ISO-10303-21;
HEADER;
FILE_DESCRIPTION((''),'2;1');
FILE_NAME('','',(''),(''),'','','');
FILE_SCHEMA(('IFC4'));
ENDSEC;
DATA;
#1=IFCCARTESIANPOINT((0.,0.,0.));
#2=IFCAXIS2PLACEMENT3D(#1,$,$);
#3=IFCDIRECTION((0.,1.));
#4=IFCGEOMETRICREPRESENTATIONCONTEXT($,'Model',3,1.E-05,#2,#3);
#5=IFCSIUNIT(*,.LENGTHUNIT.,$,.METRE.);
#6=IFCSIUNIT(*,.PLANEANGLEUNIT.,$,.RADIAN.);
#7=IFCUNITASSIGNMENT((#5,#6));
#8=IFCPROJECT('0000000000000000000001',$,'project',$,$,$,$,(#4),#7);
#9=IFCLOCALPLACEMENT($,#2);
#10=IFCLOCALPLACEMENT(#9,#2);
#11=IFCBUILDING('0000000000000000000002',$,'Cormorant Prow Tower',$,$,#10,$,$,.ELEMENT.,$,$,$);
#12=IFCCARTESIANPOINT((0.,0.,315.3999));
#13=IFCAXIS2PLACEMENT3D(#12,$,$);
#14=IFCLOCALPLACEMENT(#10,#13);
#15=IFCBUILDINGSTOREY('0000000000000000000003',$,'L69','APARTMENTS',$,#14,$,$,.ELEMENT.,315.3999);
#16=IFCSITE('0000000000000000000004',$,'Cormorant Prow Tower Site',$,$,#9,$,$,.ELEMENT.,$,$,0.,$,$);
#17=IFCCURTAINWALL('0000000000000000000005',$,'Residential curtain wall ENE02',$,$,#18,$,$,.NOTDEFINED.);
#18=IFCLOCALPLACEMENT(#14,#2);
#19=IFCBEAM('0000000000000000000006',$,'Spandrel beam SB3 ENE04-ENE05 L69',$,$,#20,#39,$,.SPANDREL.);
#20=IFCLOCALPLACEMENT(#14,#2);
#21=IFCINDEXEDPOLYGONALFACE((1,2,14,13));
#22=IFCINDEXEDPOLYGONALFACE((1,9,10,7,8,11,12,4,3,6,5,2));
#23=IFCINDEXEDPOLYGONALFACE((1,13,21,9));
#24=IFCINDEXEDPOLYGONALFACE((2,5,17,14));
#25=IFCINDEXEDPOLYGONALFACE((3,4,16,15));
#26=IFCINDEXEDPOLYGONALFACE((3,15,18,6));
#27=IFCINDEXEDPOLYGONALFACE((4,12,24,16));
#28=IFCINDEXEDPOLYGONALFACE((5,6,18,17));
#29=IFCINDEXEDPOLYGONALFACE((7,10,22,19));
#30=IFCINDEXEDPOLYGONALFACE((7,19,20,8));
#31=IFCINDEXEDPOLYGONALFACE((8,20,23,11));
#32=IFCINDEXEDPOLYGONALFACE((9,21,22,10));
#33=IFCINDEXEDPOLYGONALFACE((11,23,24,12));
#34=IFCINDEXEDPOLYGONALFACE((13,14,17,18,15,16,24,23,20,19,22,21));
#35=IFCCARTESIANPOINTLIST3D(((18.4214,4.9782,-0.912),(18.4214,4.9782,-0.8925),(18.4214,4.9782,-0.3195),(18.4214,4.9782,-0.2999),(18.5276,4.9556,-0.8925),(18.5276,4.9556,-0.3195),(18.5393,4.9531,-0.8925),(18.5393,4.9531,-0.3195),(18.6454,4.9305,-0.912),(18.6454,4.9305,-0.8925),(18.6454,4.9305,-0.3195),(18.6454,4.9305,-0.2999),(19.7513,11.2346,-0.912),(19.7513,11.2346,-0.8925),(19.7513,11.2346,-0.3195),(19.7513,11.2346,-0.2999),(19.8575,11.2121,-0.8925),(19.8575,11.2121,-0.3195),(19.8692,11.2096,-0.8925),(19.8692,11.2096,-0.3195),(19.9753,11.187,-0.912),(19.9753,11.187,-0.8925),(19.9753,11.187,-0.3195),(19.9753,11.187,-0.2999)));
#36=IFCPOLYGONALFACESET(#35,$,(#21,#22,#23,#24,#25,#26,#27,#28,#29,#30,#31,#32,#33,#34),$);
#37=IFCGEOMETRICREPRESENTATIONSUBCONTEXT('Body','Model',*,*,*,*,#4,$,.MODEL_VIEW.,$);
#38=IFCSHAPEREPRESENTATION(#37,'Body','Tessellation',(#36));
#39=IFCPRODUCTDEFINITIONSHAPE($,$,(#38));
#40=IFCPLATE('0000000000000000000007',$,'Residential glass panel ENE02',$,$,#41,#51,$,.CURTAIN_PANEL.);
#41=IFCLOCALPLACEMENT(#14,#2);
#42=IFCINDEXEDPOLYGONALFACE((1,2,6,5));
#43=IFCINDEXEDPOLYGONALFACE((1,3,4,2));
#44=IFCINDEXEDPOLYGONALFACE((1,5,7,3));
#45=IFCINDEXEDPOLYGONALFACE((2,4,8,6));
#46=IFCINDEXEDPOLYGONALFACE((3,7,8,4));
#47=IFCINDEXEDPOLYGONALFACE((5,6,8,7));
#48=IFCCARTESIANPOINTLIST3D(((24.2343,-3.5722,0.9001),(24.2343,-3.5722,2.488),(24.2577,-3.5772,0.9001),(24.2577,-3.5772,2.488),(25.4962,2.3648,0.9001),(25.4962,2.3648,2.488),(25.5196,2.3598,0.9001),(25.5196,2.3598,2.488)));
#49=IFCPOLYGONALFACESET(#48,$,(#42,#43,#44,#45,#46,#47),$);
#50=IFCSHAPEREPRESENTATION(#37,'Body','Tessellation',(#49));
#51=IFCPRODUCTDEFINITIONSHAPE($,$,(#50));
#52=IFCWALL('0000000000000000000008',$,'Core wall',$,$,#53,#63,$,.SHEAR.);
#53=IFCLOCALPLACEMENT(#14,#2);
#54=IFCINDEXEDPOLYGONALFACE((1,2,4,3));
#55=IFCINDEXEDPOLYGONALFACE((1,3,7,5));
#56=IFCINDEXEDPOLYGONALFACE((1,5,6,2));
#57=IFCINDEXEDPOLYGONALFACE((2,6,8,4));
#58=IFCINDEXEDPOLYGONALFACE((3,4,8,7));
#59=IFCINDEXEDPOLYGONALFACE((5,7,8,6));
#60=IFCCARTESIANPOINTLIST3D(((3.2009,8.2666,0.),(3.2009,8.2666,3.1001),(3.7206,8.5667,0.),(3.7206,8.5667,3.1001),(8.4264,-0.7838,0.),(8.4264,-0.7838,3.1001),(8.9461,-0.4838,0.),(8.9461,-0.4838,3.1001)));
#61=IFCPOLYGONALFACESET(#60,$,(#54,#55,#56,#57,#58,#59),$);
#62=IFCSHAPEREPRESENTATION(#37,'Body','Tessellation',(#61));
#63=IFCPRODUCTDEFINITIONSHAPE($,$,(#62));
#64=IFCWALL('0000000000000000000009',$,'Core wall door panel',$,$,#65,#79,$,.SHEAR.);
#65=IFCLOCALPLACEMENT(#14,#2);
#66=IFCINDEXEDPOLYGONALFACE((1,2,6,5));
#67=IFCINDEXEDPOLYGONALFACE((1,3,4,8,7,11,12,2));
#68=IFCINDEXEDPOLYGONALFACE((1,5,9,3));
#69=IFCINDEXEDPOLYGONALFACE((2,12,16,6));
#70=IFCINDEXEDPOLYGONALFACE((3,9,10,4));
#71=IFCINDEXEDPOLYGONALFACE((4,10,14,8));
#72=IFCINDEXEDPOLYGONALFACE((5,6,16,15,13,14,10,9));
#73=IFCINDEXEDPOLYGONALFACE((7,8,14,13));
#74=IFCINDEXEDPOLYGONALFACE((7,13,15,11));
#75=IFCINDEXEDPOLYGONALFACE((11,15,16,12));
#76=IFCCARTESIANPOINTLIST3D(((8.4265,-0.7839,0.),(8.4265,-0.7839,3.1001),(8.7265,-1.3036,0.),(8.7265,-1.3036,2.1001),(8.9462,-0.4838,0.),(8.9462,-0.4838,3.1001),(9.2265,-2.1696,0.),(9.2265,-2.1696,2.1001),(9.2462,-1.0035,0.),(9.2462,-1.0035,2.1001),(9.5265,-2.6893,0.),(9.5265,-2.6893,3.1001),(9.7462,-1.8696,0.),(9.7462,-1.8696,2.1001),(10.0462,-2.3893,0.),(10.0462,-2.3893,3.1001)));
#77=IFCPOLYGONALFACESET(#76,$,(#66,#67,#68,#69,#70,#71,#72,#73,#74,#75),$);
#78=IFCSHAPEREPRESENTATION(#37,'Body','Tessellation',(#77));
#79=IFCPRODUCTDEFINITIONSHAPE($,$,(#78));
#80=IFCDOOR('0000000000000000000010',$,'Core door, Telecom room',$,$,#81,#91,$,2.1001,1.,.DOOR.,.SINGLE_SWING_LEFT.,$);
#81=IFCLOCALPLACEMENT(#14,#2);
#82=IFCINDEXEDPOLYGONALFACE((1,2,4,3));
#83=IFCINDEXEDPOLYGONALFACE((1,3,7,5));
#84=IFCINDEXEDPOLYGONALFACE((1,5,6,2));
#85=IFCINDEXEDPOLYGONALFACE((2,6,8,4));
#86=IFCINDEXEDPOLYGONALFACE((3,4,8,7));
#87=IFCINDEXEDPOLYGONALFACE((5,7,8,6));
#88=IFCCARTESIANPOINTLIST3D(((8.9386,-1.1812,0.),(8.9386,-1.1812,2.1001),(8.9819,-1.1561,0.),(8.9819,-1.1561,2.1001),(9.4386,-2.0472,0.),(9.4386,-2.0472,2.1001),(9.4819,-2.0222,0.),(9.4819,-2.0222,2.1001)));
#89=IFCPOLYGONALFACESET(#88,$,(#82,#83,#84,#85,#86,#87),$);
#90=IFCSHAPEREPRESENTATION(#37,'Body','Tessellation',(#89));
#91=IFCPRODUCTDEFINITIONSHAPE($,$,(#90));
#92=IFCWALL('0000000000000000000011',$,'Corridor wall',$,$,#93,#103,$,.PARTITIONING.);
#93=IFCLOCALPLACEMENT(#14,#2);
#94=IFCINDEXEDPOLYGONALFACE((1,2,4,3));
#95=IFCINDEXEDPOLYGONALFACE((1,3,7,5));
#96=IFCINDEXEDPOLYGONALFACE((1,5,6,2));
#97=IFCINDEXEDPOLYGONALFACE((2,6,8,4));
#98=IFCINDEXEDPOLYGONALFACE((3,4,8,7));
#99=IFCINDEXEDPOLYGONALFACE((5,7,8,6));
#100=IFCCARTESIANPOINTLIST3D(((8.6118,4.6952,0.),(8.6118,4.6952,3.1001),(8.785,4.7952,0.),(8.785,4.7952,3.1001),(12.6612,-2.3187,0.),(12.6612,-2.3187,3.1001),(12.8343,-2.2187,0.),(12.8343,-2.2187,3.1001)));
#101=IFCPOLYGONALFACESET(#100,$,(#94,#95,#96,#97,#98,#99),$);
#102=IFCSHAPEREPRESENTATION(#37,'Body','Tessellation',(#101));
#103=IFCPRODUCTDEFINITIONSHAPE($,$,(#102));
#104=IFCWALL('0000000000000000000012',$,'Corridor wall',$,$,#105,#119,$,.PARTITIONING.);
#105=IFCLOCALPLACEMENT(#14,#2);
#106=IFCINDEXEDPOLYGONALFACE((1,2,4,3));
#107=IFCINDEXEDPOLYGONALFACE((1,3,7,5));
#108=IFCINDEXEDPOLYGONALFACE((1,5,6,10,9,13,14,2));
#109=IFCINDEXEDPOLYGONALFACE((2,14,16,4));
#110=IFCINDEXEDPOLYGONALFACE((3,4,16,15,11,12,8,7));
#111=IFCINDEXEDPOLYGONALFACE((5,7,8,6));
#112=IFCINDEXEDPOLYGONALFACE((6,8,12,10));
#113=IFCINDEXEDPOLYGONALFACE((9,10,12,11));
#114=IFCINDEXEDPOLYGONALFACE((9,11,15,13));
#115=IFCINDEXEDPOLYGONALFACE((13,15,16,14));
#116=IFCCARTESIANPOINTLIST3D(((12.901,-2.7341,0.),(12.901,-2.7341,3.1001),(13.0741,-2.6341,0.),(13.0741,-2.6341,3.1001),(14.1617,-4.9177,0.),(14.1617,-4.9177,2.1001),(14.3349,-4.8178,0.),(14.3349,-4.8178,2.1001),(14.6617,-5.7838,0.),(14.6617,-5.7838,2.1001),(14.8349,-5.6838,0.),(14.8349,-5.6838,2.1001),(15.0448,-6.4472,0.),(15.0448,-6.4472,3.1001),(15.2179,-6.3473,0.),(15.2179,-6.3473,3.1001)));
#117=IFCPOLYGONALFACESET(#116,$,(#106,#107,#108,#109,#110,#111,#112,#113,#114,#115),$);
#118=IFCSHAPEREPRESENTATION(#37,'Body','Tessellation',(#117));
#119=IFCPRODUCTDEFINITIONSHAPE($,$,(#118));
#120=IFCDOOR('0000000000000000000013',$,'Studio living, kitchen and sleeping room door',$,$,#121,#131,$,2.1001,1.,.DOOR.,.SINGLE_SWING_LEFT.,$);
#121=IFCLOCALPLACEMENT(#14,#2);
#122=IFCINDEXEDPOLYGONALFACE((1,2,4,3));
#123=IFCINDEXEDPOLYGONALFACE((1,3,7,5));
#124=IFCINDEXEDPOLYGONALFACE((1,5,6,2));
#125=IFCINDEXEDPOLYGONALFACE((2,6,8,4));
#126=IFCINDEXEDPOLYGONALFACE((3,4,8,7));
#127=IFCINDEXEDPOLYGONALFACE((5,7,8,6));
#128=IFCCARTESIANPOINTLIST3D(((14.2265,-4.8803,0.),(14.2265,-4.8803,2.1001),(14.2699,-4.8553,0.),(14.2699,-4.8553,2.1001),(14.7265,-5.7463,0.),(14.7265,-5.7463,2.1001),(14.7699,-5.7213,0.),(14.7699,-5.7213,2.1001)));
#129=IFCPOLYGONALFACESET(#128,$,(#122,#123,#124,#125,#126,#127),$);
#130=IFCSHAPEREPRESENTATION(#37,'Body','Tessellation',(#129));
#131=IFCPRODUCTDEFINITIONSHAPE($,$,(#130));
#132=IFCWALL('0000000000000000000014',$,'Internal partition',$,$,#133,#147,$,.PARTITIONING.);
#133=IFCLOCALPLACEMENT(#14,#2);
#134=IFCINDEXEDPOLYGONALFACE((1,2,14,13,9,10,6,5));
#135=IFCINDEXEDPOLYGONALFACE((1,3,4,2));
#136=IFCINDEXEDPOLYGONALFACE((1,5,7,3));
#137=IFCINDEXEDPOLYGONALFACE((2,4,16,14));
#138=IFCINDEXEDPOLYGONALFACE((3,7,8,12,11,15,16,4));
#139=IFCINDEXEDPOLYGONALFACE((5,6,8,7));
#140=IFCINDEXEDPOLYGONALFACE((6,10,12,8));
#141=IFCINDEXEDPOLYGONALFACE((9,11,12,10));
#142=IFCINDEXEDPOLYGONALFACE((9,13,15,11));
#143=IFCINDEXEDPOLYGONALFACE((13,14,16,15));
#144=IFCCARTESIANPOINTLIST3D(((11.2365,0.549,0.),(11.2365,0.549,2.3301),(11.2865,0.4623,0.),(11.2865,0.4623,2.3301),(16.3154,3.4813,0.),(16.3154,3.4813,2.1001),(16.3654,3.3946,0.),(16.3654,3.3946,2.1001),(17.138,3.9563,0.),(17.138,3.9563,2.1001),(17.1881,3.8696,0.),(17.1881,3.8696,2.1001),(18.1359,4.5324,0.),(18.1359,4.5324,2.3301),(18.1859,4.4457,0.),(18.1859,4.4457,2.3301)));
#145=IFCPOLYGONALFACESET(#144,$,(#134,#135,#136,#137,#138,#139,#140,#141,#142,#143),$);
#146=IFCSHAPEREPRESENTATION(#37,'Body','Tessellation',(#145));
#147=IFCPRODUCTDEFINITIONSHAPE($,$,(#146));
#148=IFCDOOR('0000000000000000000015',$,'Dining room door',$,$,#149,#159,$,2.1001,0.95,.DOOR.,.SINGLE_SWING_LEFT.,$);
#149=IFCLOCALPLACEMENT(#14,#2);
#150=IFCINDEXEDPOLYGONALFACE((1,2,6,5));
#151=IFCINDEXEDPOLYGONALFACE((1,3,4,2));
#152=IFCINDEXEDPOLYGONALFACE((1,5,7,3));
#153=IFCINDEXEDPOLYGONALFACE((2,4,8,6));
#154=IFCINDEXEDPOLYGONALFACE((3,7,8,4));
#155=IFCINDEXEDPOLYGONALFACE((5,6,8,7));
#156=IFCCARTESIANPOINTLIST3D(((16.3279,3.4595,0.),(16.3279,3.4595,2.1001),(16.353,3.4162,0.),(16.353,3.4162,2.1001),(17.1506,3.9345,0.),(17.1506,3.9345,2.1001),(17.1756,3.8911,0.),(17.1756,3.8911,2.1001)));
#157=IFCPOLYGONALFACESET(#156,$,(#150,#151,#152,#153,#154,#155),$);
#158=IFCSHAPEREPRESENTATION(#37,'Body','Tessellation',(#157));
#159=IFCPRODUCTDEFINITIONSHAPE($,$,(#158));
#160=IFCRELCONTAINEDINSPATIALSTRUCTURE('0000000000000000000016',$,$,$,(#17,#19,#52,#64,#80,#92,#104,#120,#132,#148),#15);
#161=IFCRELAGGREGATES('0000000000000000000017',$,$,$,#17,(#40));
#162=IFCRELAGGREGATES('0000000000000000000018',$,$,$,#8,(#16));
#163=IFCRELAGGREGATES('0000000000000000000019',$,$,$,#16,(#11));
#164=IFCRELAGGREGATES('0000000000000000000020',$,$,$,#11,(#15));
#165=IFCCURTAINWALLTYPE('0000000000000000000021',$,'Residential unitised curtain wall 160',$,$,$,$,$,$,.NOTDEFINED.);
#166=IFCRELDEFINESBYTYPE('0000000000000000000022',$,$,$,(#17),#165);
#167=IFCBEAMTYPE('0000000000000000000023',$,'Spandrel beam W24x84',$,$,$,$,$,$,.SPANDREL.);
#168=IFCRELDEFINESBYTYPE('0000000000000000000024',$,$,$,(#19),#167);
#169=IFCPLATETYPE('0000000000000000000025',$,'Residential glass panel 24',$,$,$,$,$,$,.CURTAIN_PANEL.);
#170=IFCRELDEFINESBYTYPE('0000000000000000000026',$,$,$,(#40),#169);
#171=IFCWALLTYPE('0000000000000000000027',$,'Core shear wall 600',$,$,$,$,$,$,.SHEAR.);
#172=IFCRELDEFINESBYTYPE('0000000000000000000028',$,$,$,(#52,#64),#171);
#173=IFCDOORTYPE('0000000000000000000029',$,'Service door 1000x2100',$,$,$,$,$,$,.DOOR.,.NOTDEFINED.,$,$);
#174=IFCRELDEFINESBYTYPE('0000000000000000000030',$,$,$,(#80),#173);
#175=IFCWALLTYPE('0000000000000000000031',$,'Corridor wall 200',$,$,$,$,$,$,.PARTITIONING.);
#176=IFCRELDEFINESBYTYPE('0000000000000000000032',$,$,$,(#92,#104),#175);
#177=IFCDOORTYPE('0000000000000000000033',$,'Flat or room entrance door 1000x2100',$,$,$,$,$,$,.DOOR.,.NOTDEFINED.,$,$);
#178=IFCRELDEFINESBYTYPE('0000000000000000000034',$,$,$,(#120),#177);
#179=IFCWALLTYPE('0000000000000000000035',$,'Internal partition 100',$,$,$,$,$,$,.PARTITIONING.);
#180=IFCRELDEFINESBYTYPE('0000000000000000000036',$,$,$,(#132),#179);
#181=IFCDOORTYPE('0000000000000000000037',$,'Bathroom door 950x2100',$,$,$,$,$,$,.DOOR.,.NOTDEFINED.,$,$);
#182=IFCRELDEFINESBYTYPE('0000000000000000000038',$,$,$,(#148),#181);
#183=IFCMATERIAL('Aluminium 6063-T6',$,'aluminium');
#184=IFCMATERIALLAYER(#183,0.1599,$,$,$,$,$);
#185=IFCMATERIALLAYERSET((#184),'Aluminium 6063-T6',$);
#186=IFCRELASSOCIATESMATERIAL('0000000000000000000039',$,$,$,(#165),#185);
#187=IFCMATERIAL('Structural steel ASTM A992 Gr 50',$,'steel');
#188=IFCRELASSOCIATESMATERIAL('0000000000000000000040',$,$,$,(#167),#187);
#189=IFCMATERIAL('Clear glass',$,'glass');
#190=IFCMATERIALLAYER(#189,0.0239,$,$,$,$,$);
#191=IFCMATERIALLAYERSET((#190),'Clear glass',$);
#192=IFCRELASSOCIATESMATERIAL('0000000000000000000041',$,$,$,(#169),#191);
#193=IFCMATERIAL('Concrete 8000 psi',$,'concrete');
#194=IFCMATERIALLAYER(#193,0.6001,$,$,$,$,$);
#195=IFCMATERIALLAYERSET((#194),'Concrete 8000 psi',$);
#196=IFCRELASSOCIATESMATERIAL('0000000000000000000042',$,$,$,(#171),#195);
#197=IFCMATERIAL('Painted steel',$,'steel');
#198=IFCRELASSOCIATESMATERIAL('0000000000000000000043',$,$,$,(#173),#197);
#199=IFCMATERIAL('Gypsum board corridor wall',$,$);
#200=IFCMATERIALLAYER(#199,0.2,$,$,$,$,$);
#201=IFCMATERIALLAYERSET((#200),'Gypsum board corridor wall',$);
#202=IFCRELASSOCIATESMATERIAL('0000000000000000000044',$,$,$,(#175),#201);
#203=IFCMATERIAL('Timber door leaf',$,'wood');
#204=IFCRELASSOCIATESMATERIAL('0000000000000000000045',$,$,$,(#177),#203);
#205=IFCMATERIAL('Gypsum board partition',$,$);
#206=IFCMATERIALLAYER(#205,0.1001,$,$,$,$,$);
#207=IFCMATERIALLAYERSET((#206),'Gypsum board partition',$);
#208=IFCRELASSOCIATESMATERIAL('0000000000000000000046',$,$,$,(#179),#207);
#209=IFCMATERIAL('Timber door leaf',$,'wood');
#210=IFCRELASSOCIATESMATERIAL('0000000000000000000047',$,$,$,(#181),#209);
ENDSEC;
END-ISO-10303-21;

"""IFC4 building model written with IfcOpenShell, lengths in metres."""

from ifc_helpers import new_model, si_unit, direction, frame, frame_2d, origin, origin_2d, place, context, subcontext, project, spatial, rectangle, i_section, extrude, material, layer, layer_set, material_profile, profile_set, type_object, element, fill, aggregate, save


model = new_model("IFC4")

# Units and contexts
model_context = context("Model", 3, precision=1e-05, world=origin(), true_north=direction((0.0, 1.0)))
body_context = subcontext(model_context, "Body", "Model", "MODEL_VIEW")
ifc_project = project(units=[si_unit("LENGTHUNIT", "METRE"), si_unit("PLANEANGLEUNIT", "RADIAN")], contexts=[model_context])

# Site, building, storey
site_placement = place(None, origin())
site = spatial("IfcSite", under=ifc_project, at=site_placement, Name="Cormorant Prow Tower Site", CompositionType="ELEMENT", RefElevation=0.0)
building_placement = place(site_placement, origin())
building = spatial("IfcBuilding", under=site, at=building_placement, Name="Cormorant Prow Tower", CompositionType="ELEMENT")
storey_placement = place(building_placement, frame((0.0, 0.0, 315.3999)))
storey = spatial("IfcBuildingStorey", under=building, at=storey_placement, Name="L69", Description="APARTMENTS", CompositionType="ELEMENT", Elevation=315.3999)

# Curtain wall
ifc_material_1 = material(Name="Aluminium 6063-T6", Category="aluminium")
ifc_layer_1 = layer(ifc_material_1, 0.1599)
ifc_layer_set_1 = layer_set([ifc_layer_1], Name="Aluminium 6063-T6")
curtain_wall_type = type_object("IfcCurtainWallType", Name="Residential unitised curtain wall 160", PredefinedType="NOTDEFINED", material=ifc_layer_set_1)
curtain_wall_1_placement = place(storey_placement, origin())
curtain_wall_1 = element("IfcCurtainWall", 1, at=curtain_wall_1_placement, inside=storey, type_object=curtain_wall_type, Name="Residential curtain wall ENE02", PredefinedType="NOTDEFINED")

# Beam
ifc_material_2 = material(Name="Structural steel ASTM A992 Gr 50", Category="steel")
ifc_material_profile_1 = material_profile(ifc_material_2, i_section(OverallWidth=0.229, OverallDepth=0.6121, WebThickness=0.012, FlangeThickness=0.0195, at=origin_2d()), Name="W24x84")
ifc_profile_set_1 = profile_set([ifc_material_profile_1], Name="Structural steel ASTM A992 Gr 50")
beam_type_1 = type_object("IfcBeamType", Name="Spandrel beam W24x84", PredefinedType="SPANDREL", material=ifc_profile_set_1)
beam_1_placement = place(storey_placement, frame((18.5334, 4.9543, -0.606), z_axis=(0.207913, 0.978147, 0.0), x_axis=(-0.978147, 0.207913, 0.0)))
element("IfcBeam", 2, at=beam_1_placement, inside=storey, type_object=beam_type_1, Name="Spandrel beam SB3 ENE04-ENE05 L69", PredefinedType="SPANDREL", context=body_context, shape_type="SweptSolid", body=[
    extrude(i_section(OverallWidth=0.229, OverallDepth=0.6121, WebThickness=0.012, FlangeThickness=0.0195, at=origin_2d()), origin(), (0.0, 0.0, 1.0), 6.3962),
])

# Plate
ifc_material_3 = material(Name="Clear glass", Category="glass")
ifc_layer_2 = layer(ifc_material_3, 0.0239)
ifc_layer_set_2 = layer_set([ifc_layer_2], Name="Clear glass")
plate_type = type_object("IfcPlateType", Name="Residential glass panel 24", PredefinedType="CURTAIN_PANEL", material=ifc_layer_set_2)
plate_placement = place(storey_placement, frame((24.877, -0.6062, 0.9001), z_axis=(0.0, 0.0, 1.0), x_axis=(0.207912, 0.978148, 0.0)))
plate = element("IfcPlate", 3, at=plate_placement, type_object=plate_type, Name="Residential glass panel ENE02", PredefinedType="CURTAIN_PANEL", context=body_context, shape_type="SweptSolid", body=[
    extrude(rectangle(XDim=6.0696, YDim=0.0239, at=origin_2d()), origin(), (0.0, 0.0, 1.0), 1.5879),
])
aggregate(curtain_wall_1, [plate])

# Wall
ifc_material_4 = material(Name="Concrete 8000 psi", Category="concrete")
ifc_layer_3 = layer(ifc_material_4, 0.6001)
ifc_layer_set_3 = layer_set([ifc_layer_3], Name="Concrete 8000 psi")
wall_type_1 = type_object("IfcWallType", Name="Core shear wall 600", PredefinedType="SHEAR", material=ifc_layer_set_3)
wall_1_placement = place(storey_placement, frame((8.6863, -0.6338, 0.0), z_axis=(0.0, 0.0, 1.0), x_axis=(-0.500018, 0.866015, 0.0)))
element("IfcWall", 4, at=wall_1_placement, inside=storey, type_object=wall_type_1, Name="Core wall", PredefinedType="SHEAR", context=body_context, shape_type="SweptSolid", body=[
    extrude(rectangle(XDim=10.4507, YDim=0.6001, at=frame_2d((5.2253, 0.0))), origin(), (0.0, 0.0, 1.0), 3.1001),
])

# Wall, opening, door
wall_2_placement = place(storey_placement, frame((9.7864, -2.5393, 0.0), z_axis=(0.0, 0.0, 1.0), x_axis=(-0.499982, 0.866036, 0.0)))
wall_2 = element("IfcWall", 5, at=wall_2_placement, inside=storey, type_object=wall_type_1, Name="Core wall door panel", PredefinedType="SHEAR", context=body_context, shape_type="SweptSolid", body=[
    extrude(rectangle(XDim=2.2002, YDim=0.6001, at=frame_2d((1.1001, 0.0))), origin(), (0.0, 0.0, 1.0), 3.1001),
])
opening_1_placement = place(wall_2_placement, frame((0.6001, 0.0, 0.0)))
opening_1 = element("IfcOpeningElement", 6, at=opening_1_placement, cuts=wall_2, PredefinedType="OPENING", context=body_context, shape_type="SweptSolid", body=[
    extrude(rectangle(XDim=1.0, YDim=2.1001, at=frame_2d((0.5, 1.05))), frame((0.0, 0.3101, 0.0), z_axis=(0.0, -1.0, 0.0), x_axis=(1.0, 0.0, 0.0)), (0.0, 0.0, 1.0), 0.6201),
])
ifc_material_5 = material(Name="Painted steel", Category="steel")
door_type_1 = type_object("IfcDoorType", Name="Service door 1000x2100", OperationType="NOTDEFINED", PredefinedType="DOOR", material=ifc_material_5)
door_1_placement = place(opening_1_placement, origin())
door_1 = element("IfcDoor", 7, at=door_1_placement, inside=storey, type_object=door_type_1, Name="Core door, Telecom room", OperationType="SINGLE_SWING_LEFT", OverallHeight=2.1001, OverallWidth=1.0, PredefinedType="DOOR", context=body_context, shape_type="SweptSolid", body=[
    extrude(rectangle(XDim=1.0, YDim=2.1001, at=frame_2d((0.5, 1.05))), frame((0.0, 0.0552, 0.0), z_axis=(0.0, -1.0, 0.0), x_axis=(1.0, 0.0, 0.0)), (0.0, 0.0, 1.0), 0.05),
])
fill(opening_1, door_1)

# Wall
ifc_material_6 = material(Name="Gypsum board corridor wall")
ifc_layer_4 = layer(ifc_material_6, 0.2)
ifc_layer_set_4 = layer_set([ifc_layer_4], Name="Gypsum board corridor wall")
wall_type_2 = type_object("IfcWallType", Name="Corridor wall 200", PredefinedType="PARTITIONING", material=ifc_layer_set_4)
wall_3_placement = place(storey_placement, frame((8.6985, 4.7451, 0.0), z_axis=(0.0, 0.0, 1.0), x_axis=(0.499984, -0.866034, 0.0)))
element("IfcWall", 8, at=wall_3_placement, inside=storey, type_object=wall_type_2, Name="Corridor wall", PredefinedType="PARTITIONING", context=body_context, shape_type="SweptSolid", body=[
    extrude(rectangle(XDim=8.0989, YDim=0.2, at=frame_2d((4.0493, 0.0))), origin(), (0.0, 0.0, 1.0), 3.1001),
])

# Walls, openings, doors
wall_4_placement = place(storey_placement, frame((12.9875, -2.6841, 0.0), z_axis=(0.0, 0.0, 1.0), x_axis=(0.500003, -0.866023, 0.0)))
wall_4 = element("IfcWall", 9, at=wall_4_placement, inside=storey, type_object=wall_type_2, Name="Corridor wall", PredefinedType="PARTITIONING", context=body_context, shape_type="SweptSolid", body=[
    extrude(rectangle(XDim=4.2876, YDim=0.2, at=frame_2d((2.1438, 0.0))), origin(), (0.0, 0.0, 1.0), 3.1001),
])
opening_2_placement = place(wall_4_placement, frame((2.5215, 0.0, 0.0)))
opening_2 = element("IfcOpeningElement", 10, at=opening_2_placement, cuts=wall_4, PredefinedType="OPENING", context=body_context, shape_type="SweptSolid", body=[
    extrude(rectangle(XDim=1.0, YDim=2.1001, at=frame_2d((0.5, 1.05))), frame((0.0, 0.1099, 0.0), z_axis=(0.0, -1.0, 0.0), x_axis=(1.0, 0.0, 0.0)), (0.0, 0.0, 1.0), 0.22),
])
ifc_material_7 = material(Name="Timber door leaf", Category="wood")
door_type_2 = type_object("IfcDoorType", Name="Flat or room entrance door 1000x2100", OperationType="NOTDEFINED", PredefinedType="DOOR", material=ifc_material_7)
door_2_placement = place(opening_2_placement, origin())
door_2 = element("IfcDoor", 11, at=door_2_placement, inside=storey, type_object=door_type_2, Name="Studio living, kitchen and sleeping room door", OperationType="SINGLE_SWING_LEFT", OverallHeight=2.1001, OverallWidth=1.0, PredefinedType="DOOR", context=body_context, shape_type="SweptSolid", body=[
    extrude(rectangle(XDim=1.0, YDim=2.1001, at=frame_2d((0.5, 1.05))), frame((0.0, 0.0249, 0.0), z_axis=(0.0, -1.0, 0.0), x_axis=(1.0, 0.0, 0.0)), (0.0, 0.0, 1.0), 0.05),
])
fill(opening_2, door_2)
ifc_material_8 = material(Name="Gypsum board partition")
ifc_layer_5 = layer(ifc_material_8, 0.1001)
ifc_layer_set_5 = layer_set([ifc_layer_5], Name="Gypsum board partition")
wall_type_3 = type_object("IfcWallType", Name="Internal partition 100", PredefinedType="PARTITIONING", material=ifc_layer_set_5)
wall_5_placement = place(storey_placement, frame((11.2615, 0.5056, 0.0), z_axis=(0.0, 0.0, 1.0), x_axis=(0.866024, 0.500002, 0.0)))
wall_5 = element("IfcWall", 12, at=wall_5_placement, inside=storey, type_object=wall_type_3, Name="Internal partition", PredefinedType="PARTITIONING", context=body_context, shape_type="SweptSolid", body=[
    extrude(rectangle(XDim=7.9668, YDim=0.1001, at=frame_2d((3.9834, 0.0))), origin(), (0.0, 0.0, 1.0), 2.3301),
])
opening_3_placement = place(wall_5_placement, frame((5.8645, 0.0, 0.0)))
opening_3 = element("IfcOpeningElement", 13, at=opening_3_placement, cuts=wall_5, PredefinedType="OPENING", context=body_context, shape_type="SweptSolid", body=[
    extrude(rectangle(XDim=0.95, YDim=2.1001, at=frame_2d((0.4751, 1.05))), frame((0.0, 0.0601, 0.0), z_axis=(0.0, -1.0, 0.0), x_axis=(1.0, 0.0, 0.0)), (0.0, 0.0, 1.0), 0.1201),
])
ifc_material_9 = material(Name="Timber door leaf", Category="wood")
door_type_3 = type_object("IfcDoorType", Name="Bathroom door 950x2100", OperationType="NOTDEFINED", PredefinedType="DOOR", material=ifc_material_9)
door_3_placement = place(opening_3_placement, origin())
door_3 = element("IfcDoor", 14, at=door_3_placement, inside=storey, type_object=door_type_3, Name="Dining room door", OperationType="SINGLE_SWING_LEFT", OverallHeight=2.1001, OverallWidth=0.95, PredefinedType="DOOR", context=body_context, shape_type="SweptSolid", body=[
    extrude(rectangle(XDim=0.95, YDim=2.1001, at=frame_2d((0.4751, 1.05))), frame((0.0, 0.0249, 0.0), z_axis=(0.0, -1.0, 0.0), x_axis=(1.0, 0.0, 0.0)), (0.0, 0.0, 1.0), 0.05),
])
fill(opening_3, door_3)

save(model, "model.ifc")
